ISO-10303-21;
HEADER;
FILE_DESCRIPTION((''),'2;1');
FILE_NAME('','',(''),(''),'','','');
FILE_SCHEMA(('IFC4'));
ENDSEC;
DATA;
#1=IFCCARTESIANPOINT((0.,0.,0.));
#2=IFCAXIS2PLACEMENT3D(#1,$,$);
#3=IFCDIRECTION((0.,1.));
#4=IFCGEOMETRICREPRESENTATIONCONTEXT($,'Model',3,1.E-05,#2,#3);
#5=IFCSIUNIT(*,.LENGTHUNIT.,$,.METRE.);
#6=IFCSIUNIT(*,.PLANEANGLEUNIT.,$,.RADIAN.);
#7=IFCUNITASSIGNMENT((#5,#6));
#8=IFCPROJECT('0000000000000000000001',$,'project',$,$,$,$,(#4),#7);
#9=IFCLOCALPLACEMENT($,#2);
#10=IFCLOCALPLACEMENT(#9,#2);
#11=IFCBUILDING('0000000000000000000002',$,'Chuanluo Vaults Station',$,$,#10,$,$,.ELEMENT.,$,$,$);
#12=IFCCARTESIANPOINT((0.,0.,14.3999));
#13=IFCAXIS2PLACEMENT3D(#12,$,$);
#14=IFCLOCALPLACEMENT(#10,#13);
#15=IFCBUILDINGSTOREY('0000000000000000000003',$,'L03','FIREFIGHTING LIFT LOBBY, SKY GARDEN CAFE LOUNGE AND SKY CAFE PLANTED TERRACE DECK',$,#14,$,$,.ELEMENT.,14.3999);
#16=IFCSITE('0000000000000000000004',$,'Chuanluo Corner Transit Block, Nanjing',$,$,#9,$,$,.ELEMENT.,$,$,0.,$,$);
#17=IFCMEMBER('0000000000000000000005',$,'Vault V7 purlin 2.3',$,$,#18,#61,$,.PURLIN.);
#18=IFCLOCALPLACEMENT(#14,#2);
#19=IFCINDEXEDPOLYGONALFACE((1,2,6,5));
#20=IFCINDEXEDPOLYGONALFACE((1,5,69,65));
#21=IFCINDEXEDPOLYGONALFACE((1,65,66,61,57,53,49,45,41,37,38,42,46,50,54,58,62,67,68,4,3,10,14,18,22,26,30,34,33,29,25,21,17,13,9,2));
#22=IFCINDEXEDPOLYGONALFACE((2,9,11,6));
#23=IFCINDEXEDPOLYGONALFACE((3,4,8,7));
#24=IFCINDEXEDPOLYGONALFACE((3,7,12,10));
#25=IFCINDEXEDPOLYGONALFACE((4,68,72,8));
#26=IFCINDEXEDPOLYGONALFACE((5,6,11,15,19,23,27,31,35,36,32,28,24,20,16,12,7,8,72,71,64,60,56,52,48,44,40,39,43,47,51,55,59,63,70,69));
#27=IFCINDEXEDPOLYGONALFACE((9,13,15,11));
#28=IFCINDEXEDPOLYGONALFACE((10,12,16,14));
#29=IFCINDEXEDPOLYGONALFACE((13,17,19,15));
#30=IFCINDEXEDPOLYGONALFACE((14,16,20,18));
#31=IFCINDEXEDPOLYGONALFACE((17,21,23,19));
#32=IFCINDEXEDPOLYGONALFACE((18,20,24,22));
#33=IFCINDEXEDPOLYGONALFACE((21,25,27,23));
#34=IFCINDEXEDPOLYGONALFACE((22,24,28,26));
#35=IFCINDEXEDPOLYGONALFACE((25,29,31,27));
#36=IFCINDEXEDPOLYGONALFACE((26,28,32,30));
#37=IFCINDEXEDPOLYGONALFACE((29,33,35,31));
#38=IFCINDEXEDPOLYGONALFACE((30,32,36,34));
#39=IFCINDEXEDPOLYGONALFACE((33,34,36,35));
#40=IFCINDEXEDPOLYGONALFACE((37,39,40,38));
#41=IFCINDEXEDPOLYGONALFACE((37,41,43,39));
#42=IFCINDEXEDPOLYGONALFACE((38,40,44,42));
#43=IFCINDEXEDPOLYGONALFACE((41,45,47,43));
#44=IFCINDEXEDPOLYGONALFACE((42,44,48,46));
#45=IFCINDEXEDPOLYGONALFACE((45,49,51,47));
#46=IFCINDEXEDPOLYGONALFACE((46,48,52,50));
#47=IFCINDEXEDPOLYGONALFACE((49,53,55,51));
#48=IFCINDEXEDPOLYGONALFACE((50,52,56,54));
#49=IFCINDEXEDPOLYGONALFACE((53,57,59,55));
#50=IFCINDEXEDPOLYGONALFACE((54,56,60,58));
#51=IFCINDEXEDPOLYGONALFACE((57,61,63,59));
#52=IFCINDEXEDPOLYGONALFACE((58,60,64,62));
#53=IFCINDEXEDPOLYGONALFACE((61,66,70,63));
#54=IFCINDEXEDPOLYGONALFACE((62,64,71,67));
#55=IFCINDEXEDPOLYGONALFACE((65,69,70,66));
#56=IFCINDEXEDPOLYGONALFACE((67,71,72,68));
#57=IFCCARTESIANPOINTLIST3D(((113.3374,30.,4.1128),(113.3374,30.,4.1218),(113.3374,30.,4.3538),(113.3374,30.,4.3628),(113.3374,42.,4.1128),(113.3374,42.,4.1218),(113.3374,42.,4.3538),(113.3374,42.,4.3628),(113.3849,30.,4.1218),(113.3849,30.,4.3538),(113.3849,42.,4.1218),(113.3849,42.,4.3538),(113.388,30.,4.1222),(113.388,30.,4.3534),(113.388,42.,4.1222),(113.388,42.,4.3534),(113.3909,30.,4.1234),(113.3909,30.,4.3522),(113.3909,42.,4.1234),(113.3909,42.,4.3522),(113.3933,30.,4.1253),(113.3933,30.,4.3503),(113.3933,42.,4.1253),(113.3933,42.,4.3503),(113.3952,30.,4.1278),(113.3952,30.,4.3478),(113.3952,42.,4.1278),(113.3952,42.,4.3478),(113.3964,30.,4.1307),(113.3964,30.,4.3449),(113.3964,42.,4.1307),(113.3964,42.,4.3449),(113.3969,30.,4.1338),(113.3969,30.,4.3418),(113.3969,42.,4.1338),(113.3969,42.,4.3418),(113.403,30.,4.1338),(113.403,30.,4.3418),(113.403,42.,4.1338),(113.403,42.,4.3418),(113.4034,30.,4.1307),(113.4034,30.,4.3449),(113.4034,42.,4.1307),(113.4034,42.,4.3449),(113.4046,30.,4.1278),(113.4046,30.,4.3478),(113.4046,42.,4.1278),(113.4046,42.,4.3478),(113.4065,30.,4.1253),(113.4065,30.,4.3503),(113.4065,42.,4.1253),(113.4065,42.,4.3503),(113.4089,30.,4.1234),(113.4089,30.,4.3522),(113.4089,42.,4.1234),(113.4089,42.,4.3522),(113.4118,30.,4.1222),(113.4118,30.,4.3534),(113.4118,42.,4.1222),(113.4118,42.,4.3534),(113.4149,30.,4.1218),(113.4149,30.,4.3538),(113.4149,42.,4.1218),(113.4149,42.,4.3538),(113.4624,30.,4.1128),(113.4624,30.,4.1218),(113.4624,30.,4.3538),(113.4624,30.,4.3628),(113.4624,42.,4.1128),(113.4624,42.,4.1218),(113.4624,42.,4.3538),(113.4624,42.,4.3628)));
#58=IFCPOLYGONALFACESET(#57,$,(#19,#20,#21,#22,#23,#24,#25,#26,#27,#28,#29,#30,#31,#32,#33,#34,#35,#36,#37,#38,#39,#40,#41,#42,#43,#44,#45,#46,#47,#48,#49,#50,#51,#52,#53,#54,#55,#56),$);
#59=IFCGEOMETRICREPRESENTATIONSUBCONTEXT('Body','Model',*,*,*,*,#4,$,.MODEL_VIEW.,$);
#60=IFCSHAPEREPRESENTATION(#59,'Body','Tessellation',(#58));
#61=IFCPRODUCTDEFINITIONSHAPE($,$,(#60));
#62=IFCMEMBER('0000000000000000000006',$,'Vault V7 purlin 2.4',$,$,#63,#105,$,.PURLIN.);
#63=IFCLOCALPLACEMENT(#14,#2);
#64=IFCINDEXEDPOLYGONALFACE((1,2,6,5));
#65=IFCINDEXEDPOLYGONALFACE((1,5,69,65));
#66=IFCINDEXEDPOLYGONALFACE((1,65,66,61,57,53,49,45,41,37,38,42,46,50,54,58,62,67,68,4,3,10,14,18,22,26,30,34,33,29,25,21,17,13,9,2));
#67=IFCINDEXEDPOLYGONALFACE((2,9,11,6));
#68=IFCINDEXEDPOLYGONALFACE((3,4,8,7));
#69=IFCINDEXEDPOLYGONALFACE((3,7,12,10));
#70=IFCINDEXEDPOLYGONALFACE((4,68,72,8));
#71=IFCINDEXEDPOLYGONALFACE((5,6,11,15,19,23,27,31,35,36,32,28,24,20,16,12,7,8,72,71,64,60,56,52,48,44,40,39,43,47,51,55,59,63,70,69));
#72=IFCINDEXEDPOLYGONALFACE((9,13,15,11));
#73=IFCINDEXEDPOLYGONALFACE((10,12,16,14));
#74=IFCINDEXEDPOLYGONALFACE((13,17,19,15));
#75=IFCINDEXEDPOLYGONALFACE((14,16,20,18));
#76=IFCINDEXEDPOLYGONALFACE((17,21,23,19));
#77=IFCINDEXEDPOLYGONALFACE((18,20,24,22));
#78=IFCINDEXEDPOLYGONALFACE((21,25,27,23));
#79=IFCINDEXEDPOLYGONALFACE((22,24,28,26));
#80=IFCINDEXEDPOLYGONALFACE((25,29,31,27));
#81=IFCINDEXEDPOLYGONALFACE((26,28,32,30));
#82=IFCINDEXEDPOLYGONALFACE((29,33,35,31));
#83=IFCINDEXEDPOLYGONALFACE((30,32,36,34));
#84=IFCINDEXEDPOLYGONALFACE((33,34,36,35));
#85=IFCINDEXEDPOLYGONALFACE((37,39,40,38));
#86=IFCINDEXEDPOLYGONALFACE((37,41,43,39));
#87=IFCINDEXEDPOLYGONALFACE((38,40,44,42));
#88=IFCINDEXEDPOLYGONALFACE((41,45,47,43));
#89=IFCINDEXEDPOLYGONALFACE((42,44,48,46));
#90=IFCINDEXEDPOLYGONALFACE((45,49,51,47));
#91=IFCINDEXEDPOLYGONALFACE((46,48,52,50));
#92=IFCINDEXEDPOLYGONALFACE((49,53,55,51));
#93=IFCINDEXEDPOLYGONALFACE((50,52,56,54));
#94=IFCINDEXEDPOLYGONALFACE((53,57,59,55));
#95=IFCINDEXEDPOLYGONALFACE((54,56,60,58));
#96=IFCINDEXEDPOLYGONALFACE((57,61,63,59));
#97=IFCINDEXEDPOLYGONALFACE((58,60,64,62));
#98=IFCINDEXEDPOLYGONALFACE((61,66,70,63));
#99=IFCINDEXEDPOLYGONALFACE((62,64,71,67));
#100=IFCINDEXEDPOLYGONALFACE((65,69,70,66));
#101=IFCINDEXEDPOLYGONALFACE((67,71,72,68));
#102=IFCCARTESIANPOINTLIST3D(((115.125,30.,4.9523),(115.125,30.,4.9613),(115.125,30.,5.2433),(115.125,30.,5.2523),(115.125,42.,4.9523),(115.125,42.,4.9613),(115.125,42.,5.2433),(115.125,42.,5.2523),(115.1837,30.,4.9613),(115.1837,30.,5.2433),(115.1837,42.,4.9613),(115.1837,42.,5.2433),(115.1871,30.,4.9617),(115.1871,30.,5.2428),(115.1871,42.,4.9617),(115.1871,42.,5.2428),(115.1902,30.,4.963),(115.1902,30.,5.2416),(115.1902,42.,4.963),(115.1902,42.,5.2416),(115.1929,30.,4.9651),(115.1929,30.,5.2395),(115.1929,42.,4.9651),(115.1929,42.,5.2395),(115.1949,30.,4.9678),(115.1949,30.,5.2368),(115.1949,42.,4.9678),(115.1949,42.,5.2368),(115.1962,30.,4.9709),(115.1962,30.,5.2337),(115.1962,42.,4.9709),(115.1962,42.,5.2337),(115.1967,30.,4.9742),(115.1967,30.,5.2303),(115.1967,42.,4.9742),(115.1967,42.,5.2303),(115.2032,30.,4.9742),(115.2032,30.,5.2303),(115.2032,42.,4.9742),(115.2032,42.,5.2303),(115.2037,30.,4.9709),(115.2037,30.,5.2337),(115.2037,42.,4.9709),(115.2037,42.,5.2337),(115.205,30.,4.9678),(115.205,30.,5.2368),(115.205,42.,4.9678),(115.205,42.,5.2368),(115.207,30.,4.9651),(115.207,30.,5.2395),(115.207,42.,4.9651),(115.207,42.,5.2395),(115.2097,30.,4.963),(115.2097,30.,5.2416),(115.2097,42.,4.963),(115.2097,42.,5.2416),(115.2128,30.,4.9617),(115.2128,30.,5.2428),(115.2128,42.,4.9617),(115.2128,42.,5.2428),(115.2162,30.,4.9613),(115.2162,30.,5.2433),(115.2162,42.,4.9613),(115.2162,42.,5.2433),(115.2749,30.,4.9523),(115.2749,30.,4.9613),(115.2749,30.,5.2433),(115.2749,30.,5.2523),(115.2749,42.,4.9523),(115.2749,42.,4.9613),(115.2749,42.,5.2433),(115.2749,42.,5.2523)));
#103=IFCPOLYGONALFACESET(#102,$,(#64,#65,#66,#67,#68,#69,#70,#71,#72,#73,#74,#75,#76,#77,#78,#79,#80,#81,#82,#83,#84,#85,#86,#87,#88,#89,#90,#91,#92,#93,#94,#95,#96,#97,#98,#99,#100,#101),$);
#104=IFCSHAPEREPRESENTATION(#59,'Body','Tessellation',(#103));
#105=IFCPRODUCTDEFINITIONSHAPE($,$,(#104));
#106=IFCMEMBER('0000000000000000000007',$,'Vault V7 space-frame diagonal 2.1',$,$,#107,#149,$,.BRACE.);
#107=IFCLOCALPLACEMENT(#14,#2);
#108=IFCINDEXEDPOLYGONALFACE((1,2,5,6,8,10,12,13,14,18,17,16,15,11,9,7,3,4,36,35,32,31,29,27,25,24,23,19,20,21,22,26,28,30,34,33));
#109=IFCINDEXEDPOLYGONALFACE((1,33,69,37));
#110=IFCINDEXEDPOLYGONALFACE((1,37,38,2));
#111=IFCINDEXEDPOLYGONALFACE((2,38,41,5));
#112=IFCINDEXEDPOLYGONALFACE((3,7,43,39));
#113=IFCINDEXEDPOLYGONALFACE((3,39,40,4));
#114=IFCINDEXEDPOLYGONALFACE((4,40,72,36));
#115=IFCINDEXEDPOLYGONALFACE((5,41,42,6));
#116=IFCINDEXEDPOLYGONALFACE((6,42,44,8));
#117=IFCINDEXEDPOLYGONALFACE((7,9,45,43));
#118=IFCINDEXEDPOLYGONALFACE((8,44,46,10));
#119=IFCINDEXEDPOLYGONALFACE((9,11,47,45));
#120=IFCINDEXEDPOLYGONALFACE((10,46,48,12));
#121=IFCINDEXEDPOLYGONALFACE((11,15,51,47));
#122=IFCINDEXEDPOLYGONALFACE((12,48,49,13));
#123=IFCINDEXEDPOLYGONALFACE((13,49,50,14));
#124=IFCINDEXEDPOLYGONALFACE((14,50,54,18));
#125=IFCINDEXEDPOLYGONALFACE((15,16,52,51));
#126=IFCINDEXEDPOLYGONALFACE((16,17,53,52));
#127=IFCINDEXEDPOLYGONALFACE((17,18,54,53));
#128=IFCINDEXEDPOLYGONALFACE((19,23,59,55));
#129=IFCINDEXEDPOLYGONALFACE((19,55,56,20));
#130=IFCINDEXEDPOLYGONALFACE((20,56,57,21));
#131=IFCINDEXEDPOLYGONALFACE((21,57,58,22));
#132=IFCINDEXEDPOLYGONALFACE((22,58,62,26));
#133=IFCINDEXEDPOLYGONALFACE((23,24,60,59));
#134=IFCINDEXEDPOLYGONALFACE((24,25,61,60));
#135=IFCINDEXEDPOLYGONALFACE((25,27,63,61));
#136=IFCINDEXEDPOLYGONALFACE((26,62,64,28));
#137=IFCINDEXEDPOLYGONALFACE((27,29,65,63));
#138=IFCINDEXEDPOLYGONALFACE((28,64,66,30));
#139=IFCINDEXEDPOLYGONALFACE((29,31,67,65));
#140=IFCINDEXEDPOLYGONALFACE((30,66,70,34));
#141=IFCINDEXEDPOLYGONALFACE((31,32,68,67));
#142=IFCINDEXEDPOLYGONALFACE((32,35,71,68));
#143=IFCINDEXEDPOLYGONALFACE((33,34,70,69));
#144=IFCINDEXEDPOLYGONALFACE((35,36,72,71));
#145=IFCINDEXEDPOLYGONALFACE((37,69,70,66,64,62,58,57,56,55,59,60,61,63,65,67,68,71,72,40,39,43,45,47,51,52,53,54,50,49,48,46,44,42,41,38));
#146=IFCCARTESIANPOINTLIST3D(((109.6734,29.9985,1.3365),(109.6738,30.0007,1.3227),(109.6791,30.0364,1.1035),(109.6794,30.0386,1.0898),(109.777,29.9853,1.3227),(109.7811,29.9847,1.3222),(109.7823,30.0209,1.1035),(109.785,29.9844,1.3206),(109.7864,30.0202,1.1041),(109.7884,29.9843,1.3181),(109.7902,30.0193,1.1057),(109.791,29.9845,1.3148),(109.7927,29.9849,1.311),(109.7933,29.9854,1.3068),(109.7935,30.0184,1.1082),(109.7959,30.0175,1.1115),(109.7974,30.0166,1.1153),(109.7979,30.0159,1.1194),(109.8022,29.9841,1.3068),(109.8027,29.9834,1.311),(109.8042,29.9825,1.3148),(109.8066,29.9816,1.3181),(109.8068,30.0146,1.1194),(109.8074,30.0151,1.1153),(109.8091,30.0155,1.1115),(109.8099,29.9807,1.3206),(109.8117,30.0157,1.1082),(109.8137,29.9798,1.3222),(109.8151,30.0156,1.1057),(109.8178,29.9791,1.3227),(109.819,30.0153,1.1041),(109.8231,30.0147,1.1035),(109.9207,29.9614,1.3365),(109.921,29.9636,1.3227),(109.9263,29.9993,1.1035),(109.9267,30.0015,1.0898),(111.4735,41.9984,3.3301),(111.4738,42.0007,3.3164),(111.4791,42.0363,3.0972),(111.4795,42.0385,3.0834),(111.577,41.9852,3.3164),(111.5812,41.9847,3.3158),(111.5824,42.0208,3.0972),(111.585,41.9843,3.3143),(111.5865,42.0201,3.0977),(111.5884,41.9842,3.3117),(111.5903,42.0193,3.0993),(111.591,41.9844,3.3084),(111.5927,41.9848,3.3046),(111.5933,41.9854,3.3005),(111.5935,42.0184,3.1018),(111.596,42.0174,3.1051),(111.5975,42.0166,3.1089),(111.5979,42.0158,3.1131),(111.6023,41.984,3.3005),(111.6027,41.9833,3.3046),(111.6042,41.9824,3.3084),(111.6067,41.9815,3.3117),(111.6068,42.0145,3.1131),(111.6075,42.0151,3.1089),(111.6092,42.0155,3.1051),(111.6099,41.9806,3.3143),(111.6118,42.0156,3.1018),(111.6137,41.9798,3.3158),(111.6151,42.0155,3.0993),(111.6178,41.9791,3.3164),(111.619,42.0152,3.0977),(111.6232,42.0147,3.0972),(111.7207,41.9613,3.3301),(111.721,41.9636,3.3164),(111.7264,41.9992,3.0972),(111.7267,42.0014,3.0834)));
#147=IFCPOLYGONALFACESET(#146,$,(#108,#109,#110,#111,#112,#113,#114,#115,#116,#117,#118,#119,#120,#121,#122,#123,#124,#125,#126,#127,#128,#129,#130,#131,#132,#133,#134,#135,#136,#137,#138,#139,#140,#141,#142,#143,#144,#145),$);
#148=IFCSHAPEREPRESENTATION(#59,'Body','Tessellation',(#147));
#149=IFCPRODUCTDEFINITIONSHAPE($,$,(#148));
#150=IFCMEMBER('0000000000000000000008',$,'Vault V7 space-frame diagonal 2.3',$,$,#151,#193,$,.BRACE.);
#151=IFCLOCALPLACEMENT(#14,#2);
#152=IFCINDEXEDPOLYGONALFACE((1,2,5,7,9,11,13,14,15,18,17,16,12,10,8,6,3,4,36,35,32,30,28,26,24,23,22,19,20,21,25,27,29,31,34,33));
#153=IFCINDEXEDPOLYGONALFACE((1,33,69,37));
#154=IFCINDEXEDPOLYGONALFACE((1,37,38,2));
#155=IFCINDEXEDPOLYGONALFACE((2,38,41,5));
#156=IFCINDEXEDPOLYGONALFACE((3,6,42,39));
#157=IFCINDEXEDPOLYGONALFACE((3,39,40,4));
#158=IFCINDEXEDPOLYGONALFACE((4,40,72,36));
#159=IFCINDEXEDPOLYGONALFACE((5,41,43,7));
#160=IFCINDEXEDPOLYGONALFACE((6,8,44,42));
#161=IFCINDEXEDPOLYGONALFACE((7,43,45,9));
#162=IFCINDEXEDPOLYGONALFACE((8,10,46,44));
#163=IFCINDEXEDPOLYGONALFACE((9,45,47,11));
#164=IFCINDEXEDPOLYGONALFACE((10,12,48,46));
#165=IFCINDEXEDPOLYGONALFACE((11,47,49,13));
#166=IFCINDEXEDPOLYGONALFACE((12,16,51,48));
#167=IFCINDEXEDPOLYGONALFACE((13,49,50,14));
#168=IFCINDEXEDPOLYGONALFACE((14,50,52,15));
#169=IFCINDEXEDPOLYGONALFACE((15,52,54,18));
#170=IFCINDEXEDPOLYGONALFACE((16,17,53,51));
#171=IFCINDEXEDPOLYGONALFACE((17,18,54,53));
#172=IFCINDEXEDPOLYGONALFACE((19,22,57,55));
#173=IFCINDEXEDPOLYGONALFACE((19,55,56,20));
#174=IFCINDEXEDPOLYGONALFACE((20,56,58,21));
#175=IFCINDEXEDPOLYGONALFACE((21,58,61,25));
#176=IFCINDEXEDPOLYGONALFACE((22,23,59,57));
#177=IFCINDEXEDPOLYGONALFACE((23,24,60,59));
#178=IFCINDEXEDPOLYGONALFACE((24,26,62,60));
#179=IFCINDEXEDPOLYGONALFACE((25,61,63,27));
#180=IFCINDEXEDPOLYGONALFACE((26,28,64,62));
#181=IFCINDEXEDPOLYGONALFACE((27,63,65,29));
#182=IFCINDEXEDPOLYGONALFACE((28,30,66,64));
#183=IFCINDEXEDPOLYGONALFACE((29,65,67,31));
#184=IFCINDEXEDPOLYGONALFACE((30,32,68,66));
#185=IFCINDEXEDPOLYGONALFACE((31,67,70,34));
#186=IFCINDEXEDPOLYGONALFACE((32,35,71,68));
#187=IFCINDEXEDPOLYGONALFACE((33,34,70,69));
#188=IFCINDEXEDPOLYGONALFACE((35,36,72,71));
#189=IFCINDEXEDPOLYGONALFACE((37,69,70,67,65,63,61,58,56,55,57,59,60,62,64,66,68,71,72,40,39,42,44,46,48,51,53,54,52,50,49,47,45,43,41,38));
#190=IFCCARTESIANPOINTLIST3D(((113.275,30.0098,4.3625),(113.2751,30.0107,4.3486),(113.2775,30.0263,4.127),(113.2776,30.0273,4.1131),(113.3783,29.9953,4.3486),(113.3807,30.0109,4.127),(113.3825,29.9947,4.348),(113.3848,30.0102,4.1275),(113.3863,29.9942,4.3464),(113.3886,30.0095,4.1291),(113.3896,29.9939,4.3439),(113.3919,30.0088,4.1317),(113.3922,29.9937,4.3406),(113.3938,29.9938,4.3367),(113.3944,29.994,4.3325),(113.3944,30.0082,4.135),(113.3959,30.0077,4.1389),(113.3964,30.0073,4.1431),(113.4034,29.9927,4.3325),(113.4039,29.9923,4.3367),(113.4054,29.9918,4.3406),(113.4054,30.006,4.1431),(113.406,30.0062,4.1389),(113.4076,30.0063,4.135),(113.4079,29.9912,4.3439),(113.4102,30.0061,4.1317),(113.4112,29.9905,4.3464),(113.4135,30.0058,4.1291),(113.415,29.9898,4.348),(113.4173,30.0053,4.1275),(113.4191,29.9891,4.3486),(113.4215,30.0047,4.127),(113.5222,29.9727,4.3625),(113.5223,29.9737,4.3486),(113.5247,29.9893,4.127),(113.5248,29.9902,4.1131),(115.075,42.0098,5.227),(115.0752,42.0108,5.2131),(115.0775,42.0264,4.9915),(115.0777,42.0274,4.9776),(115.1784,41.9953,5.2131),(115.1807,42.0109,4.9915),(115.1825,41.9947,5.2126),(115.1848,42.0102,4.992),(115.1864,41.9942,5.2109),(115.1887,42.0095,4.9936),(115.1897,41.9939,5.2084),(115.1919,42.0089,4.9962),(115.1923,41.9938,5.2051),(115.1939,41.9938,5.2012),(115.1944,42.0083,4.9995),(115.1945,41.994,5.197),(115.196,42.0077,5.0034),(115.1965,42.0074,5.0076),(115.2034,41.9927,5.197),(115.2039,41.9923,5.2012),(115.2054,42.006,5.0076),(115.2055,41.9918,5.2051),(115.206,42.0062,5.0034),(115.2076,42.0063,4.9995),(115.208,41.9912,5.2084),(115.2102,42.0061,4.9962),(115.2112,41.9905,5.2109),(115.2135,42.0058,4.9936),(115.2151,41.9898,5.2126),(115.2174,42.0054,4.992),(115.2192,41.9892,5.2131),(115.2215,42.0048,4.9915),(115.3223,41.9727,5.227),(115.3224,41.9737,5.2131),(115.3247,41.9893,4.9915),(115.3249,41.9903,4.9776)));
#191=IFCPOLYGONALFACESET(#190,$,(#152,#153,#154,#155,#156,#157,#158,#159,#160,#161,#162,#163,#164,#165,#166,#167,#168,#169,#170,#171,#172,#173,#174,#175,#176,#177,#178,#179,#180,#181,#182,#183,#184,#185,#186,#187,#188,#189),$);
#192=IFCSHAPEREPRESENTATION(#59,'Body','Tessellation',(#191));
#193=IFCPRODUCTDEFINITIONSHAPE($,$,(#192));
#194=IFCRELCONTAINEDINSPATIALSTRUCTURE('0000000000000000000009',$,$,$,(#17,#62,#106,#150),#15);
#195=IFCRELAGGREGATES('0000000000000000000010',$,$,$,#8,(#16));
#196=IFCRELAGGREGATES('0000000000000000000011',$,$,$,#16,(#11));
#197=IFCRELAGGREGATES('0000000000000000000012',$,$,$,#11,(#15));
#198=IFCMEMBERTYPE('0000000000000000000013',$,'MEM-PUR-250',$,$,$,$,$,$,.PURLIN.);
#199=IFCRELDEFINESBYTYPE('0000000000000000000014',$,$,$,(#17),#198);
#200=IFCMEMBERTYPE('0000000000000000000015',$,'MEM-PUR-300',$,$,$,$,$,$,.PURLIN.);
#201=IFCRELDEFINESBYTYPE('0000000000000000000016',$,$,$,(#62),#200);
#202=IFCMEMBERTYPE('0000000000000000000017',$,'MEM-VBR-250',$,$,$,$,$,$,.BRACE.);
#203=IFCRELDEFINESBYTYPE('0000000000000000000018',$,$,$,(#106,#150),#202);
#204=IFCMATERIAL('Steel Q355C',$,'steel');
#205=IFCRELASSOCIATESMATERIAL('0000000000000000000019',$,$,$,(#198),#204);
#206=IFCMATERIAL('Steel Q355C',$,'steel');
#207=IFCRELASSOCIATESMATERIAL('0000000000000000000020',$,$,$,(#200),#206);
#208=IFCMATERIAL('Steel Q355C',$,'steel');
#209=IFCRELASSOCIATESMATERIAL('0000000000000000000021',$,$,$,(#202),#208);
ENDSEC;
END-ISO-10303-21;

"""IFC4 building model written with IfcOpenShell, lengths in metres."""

from ifc_helpers import new_model, si_unit, direction, frame, origin, origin_2d, place, context, subcontext, project, spatial, i_section, extrude, material, material_profile, profile_set, type_object, element, save


model = new_model("IFC4")

# Units and contexts
model_context = context("Model", 3, precision=1e-05, world=origin(), true_north=direction((0.0, 1.0)))
body_context = subcontext(model_context, "Body", "Model", "MODEL_VIEW")
ifc_project = project(units=[si_unit("LENGTHUNIT", "METRE"), si_unit("PLANEANGLEUNIT", "RADIAN")], contexts=[model_context])

# Site, building, storey
site_placement = place(None, origin())
site = spatial("IfcSite", under=ifc_project, at=site_placement, Name="Chuanluo Corner Transit Block, Nanjing", CompositionType="ELEMENT", RefElevation=0.0)
building_placement = place(site_placement, origin())
building = spatial("IfcBuilding", under=site, at=building_placement, Name="Chuanluo Vaults Station", CompositionType="ELEMENT")
storey_placement = place(building_placement, frame((0.0, 0.0, 14.3999)))
storey = spatial("IfcBuildingStorey", under=building, at=storey_placement, Name="L03", Description="FIREFIGHTING LIFT LOBBY, SKY GARDEN CAFE LOUNGE AND SKY CAFE PLANTED TERRACE DECK", CompositionType="ELEMENT", Elevation=14.3999)

# Members
ifc_material_1 = material(Name="Steel Q355C", Category="steel")
ifc_material_profile_1 = material_profile(ifc_material_1, i_section(OverallWidth=0.125, OverallDepth=0.25, WebThickness=0.0061, FlangeThickness=0.009, FilletRadius=0.012, at=origin_2d()))
ifc_profile_set_1 = profile_set([ifc_material_profile_1], Name="Steel Q355C")
member_type_1 = type_object("IfcMemberType", Name="MEM-PUR-250", PredefinedType="PURLIN", material=ifc_profile_set_1)
for number, where, z_axis, x_axis, name in (
    (1, (113.3999, 30.0, 4.2378), (0.0, 1.0, 0.0), (-1.0, 0.0, 0.0), "Vault V7 purlin 2.3"),
):
    element("IfcMember", number, at=place(storey_placement, frame(where, z_axis=z_axis, x_axis=x_axis)), inside=storey, type_object=member_type_1, Name=name, PredefinedType="PURLIN", context=body_context, shape_type="SweptSolid", body=[
        extrude(i_section(OverallWidth=0.125, OverallDepth=0.25, WebThickness=0.0061, FlangeThickness=0.009, FilletRadius=0.012, at=origin_2d()), origin(), (0.0, 0.0, 1.0), 12.0),
    ])
ifc_material_2 = material(Name="Steel Q355C", Category="steel")
ifc_material_profile_2 = material_profile(ifc_material_2, i_section(OverallWidth=0.1499, OverallDepth=0.3, WebThickness=0.0066, FlangeThickness=0.009, FilletRadius=0.0129, at=origin_2d()))
ifc_profile_set_2 = profile_set([ifc_material_profile_2], Name="Steel Q355C")
member_type_2 = type_object("IfcMemberType", Name="MEM-PUR-300", PredefinedType="PURLIN", material=ifc_profile_set_2)
member_1_placement = place(storey_placement, frame((115.2, 30.0, 5.1023), z_axis=(0.0, 1.0, 0.0), x_axis=(-1.0, 0.0, 0.0)))
element("IfcMember", 2, at=member_1_placement, inside=storey, type_object=member_type_2, Name="Vault V7 purlin 2.4", PredefinedType="PURLIN", context=body_context, shape_type="SweptSolid", body=[
    extrude(i_section(OverallWidth=0.1499, OverallDepth=0.3, WebThickness=0.0066, FlangeThickness=0.009, FilletRadius=0.0129, at=origin_2d()), origin(), (0.0, 0.0, 1.0), 12.0),
])
ifc_material_3 = material(Name="Steel Q355C", Category="steel")
ifc_material_profile_3 = material_profile(ifc_material_3, i_section(OverallWidth=0.25, OverallDepth=0.25, WebThickness=0.009, FlangeThickness=0.0139, FilletRadius=0.0161, at=origin_2d()))
ifc_profile_set_3 = profile_set([ifc_material_profile_3], Name="Steel Q355C")
member_type_3 = type_object("IfcMemberType", Name="MEM-VBR-250", PredefinedType="BRACE", material=ifc_profile_set_3)
member_2_placement = place(storey_placement, frame((109.8, 30.0, 1.2131), z_axis=(0.146382, 0.975852, 0.162126), x_axis=(-0.988936, 0.148344, 0.0)))
element("IfcMember", 3, at=member_2_placement, inside=storey, type_object=member_type_3, Name="Vault V7 space-frame diagonal 2.1", PredefinedType="BRACE", context=body_context, shape_type="SweptSolid", body=[
    extrude(i_section(OverallWidth=0.25, OverallDepth=0.25, WebThickness=0.009, FlangeThickness=0.0139, FilletRadius=0.0161, at=origin_2d()), origin(), (0.0, 0.0, 1.0), 12.2969),
])
member_3_placement = place(storey_placement, frame((113.3999, 30.0, 4.2378), z_axis=(0.147969, 0.986435, 0.071065), x_axis=(-0.988936, 0.148344, 0.0)))
element("IfcMember", 4, at=member_3_placement, inside=storey, type_object=member_type_3, Name="Vault V7 space-frame diagonal 2.3", PredefinedType="BRACE", context=body_context, shape_type="SweptSolid", body=[
    extrude(i_section(OverallWidth=0.25, OverallDepth=0.25, WebThickness=0.009, FlangeThickness=0.0139, FilletRadius=0.0161, at=origin_2d()), origin(), (0.0, 0.0, 1.0), 12.165),
])

save(model, "model.ifc")
